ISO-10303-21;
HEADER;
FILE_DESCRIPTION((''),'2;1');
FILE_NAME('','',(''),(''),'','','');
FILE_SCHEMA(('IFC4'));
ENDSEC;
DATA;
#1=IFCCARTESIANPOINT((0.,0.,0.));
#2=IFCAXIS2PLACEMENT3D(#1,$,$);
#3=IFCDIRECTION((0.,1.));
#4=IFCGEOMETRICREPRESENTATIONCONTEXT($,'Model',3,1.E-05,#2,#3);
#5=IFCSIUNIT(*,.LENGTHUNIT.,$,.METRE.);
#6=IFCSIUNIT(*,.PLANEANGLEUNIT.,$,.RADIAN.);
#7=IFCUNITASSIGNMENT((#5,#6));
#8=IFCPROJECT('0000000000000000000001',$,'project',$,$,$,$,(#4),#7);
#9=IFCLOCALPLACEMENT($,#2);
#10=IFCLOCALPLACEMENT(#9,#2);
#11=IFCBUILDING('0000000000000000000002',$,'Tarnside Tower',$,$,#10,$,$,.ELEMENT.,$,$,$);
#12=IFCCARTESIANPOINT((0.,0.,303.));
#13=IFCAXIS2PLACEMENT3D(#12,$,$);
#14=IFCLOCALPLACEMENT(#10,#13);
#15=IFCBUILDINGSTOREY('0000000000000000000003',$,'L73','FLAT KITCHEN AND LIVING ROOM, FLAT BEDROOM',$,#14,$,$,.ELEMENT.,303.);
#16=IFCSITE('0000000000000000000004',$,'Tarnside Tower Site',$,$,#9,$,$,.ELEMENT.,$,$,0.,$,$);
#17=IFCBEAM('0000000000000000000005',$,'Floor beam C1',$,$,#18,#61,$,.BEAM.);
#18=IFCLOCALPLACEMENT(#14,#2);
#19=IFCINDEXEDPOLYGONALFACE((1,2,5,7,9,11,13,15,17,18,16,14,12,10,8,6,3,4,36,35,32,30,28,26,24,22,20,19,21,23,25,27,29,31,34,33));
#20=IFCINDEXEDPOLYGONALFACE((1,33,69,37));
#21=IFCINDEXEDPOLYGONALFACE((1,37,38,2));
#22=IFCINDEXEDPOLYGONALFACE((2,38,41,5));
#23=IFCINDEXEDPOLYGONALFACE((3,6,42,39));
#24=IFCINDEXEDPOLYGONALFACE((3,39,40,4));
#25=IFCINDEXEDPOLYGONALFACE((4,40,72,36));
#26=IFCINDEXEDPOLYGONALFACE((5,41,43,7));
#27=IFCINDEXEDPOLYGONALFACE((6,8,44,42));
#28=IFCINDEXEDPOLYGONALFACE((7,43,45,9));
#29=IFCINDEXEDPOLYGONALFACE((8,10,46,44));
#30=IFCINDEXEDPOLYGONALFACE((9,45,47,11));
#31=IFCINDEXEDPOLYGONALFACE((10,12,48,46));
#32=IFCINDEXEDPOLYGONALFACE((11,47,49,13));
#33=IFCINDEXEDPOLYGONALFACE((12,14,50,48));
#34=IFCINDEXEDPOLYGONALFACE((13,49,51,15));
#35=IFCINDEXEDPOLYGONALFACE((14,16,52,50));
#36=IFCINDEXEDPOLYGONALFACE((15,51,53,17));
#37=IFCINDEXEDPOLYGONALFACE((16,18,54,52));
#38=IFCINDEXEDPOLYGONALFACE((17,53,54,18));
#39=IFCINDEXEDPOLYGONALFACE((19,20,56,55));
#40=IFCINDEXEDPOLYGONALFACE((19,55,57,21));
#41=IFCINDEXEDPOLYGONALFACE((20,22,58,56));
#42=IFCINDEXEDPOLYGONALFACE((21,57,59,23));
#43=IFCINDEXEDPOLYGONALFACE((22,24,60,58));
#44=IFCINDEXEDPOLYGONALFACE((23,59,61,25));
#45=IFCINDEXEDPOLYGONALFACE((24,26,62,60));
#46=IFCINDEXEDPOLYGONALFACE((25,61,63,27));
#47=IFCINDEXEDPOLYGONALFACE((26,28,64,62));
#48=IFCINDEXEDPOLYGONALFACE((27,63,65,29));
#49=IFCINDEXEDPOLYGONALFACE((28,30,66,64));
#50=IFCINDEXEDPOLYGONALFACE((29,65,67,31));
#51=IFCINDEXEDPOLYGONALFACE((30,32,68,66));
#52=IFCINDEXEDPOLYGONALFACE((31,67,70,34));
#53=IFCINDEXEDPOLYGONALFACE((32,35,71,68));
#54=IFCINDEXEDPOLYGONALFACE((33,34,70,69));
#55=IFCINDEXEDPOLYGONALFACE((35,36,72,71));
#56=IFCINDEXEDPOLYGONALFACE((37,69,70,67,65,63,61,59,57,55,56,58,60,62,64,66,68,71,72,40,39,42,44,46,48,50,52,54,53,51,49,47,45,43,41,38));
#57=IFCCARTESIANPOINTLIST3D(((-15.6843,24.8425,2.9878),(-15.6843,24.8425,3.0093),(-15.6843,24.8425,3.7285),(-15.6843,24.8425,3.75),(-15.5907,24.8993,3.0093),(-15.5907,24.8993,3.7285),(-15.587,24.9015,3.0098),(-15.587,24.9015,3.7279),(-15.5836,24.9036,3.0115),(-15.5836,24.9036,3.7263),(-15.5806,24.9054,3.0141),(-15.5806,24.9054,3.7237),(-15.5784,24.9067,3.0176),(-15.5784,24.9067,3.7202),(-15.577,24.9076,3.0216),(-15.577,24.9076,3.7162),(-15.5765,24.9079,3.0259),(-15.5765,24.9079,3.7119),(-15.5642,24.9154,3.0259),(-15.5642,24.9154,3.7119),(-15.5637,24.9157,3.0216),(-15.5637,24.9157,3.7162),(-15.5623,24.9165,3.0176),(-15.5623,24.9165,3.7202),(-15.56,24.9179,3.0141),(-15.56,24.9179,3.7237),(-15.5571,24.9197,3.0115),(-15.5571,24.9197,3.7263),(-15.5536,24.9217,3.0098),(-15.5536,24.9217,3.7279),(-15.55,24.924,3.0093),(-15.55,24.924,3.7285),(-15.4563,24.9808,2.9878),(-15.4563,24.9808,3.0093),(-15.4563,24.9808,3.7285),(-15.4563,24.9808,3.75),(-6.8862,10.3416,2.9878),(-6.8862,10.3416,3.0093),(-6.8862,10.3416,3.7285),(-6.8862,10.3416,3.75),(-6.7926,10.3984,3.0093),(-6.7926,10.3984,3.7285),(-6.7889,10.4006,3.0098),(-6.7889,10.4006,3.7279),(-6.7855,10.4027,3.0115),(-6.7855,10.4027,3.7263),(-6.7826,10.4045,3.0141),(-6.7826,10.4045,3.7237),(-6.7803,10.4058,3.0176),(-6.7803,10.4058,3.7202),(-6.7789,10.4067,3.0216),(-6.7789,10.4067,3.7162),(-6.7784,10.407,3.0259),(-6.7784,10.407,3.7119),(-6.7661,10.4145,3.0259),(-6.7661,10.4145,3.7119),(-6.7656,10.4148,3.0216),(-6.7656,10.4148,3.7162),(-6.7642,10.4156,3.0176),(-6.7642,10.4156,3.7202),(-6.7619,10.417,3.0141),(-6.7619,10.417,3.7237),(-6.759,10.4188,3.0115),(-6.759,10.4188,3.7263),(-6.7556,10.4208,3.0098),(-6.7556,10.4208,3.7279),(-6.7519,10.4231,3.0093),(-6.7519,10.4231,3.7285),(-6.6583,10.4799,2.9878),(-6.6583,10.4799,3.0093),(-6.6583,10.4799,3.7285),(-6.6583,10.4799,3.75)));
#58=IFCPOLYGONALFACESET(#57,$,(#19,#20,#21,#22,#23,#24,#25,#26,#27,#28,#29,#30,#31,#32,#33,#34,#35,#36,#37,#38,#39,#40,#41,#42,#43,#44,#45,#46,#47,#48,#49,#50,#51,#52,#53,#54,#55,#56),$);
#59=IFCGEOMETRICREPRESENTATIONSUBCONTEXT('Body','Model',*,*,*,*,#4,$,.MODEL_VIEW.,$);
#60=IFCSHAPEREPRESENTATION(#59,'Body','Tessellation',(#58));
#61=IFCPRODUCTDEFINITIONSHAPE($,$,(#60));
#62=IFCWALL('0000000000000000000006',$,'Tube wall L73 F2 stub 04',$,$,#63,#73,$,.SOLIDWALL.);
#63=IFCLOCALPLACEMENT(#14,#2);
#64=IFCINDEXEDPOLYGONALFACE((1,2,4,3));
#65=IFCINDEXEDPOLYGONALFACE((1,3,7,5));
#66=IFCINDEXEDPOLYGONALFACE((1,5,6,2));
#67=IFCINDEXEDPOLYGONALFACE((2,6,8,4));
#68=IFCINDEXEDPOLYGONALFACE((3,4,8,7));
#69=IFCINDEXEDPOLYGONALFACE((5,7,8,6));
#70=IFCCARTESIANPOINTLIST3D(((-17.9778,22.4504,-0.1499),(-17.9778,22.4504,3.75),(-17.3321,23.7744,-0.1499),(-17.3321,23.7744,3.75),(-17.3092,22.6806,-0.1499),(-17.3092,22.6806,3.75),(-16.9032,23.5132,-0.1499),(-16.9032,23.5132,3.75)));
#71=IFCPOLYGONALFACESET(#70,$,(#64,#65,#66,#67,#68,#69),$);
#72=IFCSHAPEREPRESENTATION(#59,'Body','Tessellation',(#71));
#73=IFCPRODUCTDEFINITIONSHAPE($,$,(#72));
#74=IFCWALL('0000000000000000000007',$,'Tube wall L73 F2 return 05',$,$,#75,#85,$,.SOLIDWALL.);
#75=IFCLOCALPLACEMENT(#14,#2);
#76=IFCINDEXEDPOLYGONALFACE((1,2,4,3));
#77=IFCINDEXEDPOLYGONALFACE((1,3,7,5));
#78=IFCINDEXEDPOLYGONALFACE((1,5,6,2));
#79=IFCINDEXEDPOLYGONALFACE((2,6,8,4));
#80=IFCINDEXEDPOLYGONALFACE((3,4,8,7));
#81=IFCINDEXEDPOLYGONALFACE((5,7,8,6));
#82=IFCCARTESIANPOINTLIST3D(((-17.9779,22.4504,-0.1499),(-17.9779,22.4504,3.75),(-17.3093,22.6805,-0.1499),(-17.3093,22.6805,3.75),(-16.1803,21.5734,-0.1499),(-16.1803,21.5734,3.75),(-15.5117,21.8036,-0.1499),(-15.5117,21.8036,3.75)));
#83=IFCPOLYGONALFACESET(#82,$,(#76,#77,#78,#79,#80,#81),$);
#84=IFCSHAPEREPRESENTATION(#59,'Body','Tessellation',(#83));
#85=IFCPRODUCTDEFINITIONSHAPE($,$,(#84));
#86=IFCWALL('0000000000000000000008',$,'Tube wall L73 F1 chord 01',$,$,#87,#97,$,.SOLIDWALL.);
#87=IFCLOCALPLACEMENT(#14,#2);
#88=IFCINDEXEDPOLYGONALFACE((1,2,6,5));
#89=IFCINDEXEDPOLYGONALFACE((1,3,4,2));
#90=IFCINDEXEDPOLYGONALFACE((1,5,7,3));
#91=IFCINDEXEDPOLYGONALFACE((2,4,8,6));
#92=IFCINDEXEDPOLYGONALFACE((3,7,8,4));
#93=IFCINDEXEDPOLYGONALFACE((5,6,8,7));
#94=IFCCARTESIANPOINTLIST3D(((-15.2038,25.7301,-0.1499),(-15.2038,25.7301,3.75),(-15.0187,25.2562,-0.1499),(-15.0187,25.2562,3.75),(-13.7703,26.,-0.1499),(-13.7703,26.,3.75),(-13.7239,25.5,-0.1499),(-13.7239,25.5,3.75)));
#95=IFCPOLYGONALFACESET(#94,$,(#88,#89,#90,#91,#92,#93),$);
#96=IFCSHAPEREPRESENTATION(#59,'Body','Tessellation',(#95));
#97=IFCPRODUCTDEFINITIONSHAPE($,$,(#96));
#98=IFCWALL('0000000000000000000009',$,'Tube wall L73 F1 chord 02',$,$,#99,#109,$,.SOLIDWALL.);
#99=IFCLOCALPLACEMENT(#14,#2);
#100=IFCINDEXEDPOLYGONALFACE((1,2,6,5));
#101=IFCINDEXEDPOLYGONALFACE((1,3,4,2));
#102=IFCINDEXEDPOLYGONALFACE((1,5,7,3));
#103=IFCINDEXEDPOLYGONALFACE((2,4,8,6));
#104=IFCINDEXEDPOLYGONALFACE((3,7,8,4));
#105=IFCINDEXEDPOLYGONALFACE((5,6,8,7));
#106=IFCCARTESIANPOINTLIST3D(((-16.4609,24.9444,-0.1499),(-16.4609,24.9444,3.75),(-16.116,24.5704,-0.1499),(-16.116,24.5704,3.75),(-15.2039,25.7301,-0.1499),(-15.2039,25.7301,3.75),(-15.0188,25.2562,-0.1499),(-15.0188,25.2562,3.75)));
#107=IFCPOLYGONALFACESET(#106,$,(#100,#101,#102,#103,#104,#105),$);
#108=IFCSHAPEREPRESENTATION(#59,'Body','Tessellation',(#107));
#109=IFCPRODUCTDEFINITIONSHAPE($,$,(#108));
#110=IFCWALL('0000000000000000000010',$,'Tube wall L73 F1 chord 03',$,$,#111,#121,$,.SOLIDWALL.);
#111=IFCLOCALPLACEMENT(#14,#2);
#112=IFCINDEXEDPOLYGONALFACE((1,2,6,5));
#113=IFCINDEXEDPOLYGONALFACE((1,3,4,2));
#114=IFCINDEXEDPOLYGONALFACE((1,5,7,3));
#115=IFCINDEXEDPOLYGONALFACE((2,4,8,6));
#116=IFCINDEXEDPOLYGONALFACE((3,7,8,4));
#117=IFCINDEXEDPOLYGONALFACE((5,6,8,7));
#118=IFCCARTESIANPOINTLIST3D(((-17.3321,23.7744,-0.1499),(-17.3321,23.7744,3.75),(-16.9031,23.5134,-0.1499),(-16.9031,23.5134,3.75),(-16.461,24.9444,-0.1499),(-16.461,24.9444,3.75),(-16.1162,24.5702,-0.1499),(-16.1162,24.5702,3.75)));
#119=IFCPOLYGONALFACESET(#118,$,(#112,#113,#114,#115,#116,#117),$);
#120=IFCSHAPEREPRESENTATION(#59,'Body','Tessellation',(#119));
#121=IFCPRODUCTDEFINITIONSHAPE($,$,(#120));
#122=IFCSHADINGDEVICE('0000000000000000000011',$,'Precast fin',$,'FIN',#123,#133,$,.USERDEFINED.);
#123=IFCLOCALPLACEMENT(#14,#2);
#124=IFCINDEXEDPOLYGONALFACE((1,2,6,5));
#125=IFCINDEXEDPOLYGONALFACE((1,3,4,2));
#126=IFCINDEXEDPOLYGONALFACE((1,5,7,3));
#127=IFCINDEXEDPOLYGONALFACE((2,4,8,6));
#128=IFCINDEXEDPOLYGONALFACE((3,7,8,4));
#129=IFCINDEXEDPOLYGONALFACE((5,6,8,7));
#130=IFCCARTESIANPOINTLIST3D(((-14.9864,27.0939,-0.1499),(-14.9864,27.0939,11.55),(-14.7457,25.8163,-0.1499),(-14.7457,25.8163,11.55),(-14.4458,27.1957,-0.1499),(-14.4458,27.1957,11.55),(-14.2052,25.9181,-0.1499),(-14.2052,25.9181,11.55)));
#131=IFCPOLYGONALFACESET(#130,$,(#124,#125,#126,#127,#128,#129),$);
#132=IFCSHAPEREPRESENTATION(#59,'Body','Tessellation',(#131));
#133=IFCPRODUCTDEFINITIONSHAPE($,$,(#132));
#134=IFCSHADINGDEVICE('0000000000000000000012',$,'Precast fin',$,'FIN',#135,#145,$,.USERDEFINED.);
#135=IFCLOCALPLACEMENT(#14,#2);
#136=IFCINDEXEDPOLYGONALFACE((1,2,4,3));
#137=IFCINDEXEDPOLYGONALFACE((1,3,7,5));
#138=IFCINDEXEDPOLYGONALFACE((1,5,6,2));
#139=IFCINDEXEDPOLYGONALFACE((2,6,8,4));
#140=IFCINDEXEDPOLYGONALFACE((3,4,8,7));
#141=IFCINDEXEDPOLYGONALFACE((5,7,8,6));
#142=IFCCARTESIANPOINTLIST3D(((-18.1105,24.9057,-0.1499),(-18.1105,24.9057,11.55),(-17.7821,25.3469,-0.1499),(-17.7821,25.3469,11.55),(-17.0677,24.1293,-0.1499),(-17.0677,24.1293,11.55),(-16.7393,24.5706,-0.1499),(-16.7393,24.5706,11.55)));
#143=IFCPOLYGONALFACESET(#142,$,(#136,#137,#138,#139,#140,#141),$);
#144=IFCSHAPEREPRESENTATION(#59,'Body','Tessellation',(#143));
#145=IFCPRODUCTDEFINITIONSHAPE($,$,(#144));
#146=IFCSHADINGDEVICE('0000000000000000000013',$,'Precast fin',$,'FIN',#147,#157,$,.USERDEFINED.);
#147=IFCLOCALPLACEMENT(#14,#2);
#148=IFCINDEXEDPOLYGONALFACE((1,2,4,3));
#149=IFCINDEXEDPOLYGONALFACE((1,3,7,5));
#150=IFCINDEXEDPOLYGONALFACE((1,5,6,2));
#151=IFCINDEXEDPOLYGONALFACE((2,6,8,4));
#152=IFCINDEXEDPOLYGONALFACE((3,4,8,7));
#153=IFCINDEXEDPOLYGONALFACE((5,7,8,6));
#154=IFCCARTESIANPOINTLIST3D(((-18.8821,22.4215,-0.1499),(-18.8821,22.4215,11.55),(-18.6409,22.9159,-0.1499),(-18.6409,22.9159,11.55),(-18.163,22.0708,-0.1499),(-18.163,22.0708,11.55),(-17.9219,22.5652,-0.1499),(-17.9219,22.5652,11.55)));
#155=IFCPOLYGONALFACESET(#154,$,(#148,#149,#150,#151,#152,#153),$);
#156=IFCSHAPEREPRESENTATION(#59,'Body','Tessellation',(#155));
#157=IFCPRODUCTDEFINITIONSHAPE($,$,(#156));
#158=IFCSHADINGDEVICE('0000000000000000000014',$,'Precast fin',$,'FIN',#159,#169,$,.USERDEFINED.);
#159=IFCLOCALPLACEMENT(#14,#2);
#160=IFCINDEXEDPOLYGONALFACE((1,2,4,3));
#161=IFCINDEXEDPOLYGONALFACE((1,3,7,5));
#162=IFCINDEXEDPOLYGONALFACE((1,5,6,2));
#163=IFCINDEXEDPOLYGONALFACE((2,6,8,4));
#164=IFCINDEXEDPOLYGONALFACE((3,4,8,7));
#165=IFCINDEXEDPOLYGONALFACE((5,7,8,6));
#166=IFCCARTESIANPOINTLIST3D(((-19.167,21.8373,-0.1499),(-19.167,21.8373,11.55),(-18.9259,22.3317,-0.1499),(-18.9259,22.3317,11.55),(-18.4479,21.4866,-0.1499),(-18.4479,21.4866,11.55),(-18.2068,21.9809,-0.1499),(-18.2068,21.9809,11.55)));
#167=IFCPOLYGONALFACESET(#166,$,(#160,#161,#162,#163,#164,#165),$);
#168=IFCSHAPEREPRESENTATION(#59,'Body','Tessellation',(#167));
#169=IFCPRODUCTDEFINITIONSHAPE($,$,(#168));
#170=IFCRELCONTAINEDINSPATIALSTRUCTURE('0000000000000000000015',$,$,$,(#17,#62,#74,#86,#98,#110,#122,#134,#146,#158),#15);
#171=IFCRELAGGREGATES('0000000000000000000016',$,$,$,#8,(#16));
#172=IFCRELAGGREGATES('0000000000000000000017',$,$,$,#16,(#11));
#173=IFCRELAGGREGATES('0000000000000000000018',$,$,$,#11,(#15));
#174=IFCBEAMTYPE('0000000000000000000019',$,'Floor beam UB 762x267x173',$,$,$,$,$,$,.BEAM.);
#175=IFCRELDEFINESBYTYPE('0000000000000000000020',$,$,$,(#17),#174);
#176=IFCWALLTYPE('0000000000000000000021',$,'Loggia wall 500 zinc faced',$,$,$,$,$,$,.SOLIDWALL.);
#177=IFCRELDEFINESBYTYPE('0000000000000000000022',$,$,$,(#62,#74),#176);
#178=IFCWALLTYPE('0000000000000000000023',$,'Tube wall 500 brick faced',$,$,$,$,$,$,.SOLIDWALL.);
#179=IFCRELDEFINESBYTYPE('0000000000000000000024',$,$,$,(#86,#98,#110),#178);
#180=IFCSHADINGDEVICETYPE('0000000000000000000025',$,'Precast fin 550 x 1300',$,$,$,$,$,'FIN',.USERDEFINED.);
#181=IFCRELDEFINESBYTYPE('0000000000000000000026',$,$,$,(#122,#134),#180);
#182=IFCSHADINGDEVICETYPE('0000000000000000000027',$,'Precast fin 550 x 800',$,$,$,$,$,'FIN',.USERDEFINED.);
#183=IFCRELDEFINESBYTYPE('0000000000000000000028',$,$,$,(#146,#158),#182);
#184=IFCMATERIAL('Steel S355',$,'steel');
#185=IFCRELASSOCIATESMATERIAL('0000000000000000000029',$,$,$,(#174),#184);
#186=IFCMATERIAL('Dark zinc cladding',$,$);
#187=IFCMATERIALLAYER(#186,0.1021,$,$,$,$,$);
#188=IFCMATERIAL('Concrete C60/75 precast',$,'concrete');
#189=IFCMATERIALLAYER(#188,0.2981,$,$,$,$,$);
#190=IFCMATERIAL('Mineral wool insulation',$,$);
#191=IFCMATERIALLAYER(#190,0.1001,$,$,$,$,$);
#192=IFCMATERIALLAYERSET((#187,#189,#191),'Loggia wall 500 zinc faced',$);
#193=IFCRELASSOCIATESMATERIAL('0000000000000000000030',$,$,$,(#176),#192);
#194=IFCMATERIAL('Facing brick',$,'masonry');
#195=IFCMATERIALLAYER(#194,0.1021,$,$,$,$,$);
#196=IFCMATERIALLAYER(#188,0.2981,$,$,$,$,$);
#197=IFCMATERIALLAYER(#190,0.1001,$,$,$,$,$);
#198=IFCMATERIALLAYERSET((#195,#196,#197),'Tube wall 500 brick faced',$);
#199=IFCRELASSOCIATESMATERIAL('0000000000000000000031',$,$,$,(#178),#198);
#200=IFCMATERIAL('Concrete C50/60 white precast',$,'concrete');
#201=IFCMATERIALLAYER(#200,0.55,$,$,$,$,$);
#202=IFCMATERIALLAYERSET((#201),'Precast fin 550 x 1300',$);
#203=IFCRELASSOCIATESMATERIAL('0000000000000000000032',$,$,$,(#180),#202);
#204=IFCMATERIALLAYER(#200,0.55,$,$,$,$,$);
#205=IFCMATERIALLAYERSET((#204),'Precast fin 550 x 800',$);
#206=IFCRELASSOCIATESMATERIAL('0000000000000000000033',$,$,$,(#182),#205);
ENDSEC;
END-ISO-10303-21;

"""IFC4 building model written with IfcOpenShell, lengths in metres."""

from ifc_helpers import new_model, si_unit, direction, frame, origin, origin_2d, place, context, subcontext, project, spatial, polyline, i_section, outline, extrude, material, layer, layer_set, material_profile, profile_set, type_object, element, save


model = new_model("IFC4")

# Units and contexts
model_context = context("Model", 3, precision=1e-05, world=origin(), true_north=direction((0.0, 1.0)))
body_context = subcontext(model_context, "Body", "Model", "MODEL_VIEW")
ifc_project = project(units=[si_unit("LENGTHUNIT", "METRE"), si_unit("PLANEANGLEUNIT", "RADIAN")], contexts=[model_context])

# Site, building, storey
site_placement = place(None, origin())
site = spatial("IfcSite", under=ifc_project, at=site_placement, Name="Tarnside Tower Site", CompositionType="ELEMENT", RefElevation=0.0)
building_placement = place(site_placement, origin())
building = spatial("IfcBuilding", under=site, at=building_placement, Name="Tarnside Tower", CompositionType="ELEMENT")
storey_placement = place(building_placement, frame((0.0, 0.0, 303.0)))
storey = spatial("IfcBuildingStorey", under=building, at=storey_placement, Name="L73", Description="FLAT KITCHEN AND LIVING ROOM, FLAT BEDROOM", CompositionType="ELEMENT", Elevation=303.0)

# Beam
ifc_material_1 = material(Name="Steel S355", Category="steel")
ifc_material_profile = material_profile(ifc_material_1, i_section(OverallWidth=0.2666, OverallDepth=0.7622, WebThickness=0.0144, FlangeThickness=0.0215, FilletRadius=0.0166, at=origin_2d()), Name="UB 762x267x173")
ifc_profile_set = profile_set([ifc_material_profile], Name="Steel S355")
beam_type = type_object("IfcBeamType", Name="Floor beam UB 762x267x173", PredefinedType="BEAM", material=ifc_profile_set)
beam_placement = place(storey_placement, frame((-15.5703, 24.9116, 3.3689), z_axis=(0.518717, -0.854946, 0.0), x_axis=(0.854946, 0.518717, 0.0)))
element("IfcBeam", 1, at=beam_placement, inside=storey, type_object=beam_type, Name="Floor beam C1", PredefinedType="BEAM", context=body_context, shape_type="SweptSolid", body=[
    extrude(i_section(OverallWidth=0.2666, OverallDepth=0.7622, WebThickness=0.0144, FlangeThickness=0.0215, FilletRadius=0.0166, at=origin_2d()), origin(), (0.0, 0.0, 1.0), 16.9612),
])

# Walls
ifc_material_2 = material(Name="Dark zinc cladding")
ifc_layer_1 = layer(ifc_material_2, 0.1021)
ifc_material_3 = material(Name="Concrete C60/75 precast", Category="concrete")
ifc_layer_2 = layer(ifc_material_3, 0.2981)
ifc_material_4 = material(Name="Mineral wool insulation")
ifc_layer_3 = layer(ifc_material_4, 0.1001)
ifc_layer_set_1 = layer_set([ifc_layer_1, ifc_layer_2, ifc_layer_3], Name="Loggia wall 500 zinc faced")
wall_type_1 = type_object("IfcWallType", Name="Loggia wall 500 zinc faced", PredefinedType="SOLIDWALL", material=ifc_layer_set_1)
wall_1_placement = place(storey_placement, frame((-17.1177, 23.6438, -0.1499), z_axis=(0.0, 0.0, 1.0), x_axis=(-0.438319, -0.898819, 0.0)))
element("IfcWall", 2, at=wall_1_placement, inside=storey, type_object=wall_type_1, Name="Tube wall L73 F2 stub 04", PredefinedType="SOLIDWALL", context=body_context, shape_type="SweptSolid", body=[
    extrude(outline(polyline([(-0.0234, -0.25), (1.4497, -0.25), (0.9497, 0.25), (0.0234, 0.25), (-0.0234, -0.25)])), origin(), (0.0, 0.0, 1.0), 3.8999),
])
wall_2_placement = place(storey_placement, frame((-17.6436, 22.5654, -0.1499), z_axis=(0.0, 0.0, 1.0), x_axis=(0.898754, -0.438452, 0.0)))
element("IfcWall", 3, at=wall_2_placement, inside=storey, type_object=wall_type_1, Name="Tube wall L73 F2 return 05", PredefinedType="SOLIDWALL", context=body_context, shape_type="SweptSolid", body=[
    extrude(outline(polyline([(-0.25, -0.25), (1.75, -0.25), (2.25, 0.25), (0.25, 0.25), (-0.25, -0.25)])), origin(), (0.0, 0.0, 1.0), 3.8999),
])

# Walls
ifc_material_5 = material(Name="Facing brick", Category="masonry")
ifc_layer_4 = layer(ifc_material_5, 0.1021)
ifc_layer_5 = layer(ifc_material_3, 0.2981)
ifc_layer_6 = layer(ifc_material_4, 0.1001)
ifc_layer_set_2 = layer_set([ifc_layer_4, ifc_layer_5, ifc_layer_6], Name="Tube wall 500 brick faced")
wall_type_2 = type_object("IfcWallType", Name="Tube wall 500 brick faced", PredefinedType="SOLIDWALL", material=ifc_layer_set_2)
wall_3_placement = place(storey_placement, frame((-13.7471, 25.75, -0.1499), z_axis=(0.0, 0.0, 1.0), x_axis=(-0.982737, -0.185011, 0.0)))
element("IfcWall", 4, at=wall_3_placement, inside=storey, type_object=wall_type_2, Name="Tube wall L73 F1 chord 01", PredefinedType="SOLIDWALL", context=body_context, shape_type="SweptSolid", body=[
    extrude(outline(polyline([(-0.0234, -0.25), (1.4353, -0.25), (1.3411, 0.25), (0.0234, 0.25), (-0.0234, -0.25)])), origin(), (0.0, 0.0, 1.0), 3.8999),
])
wall_4_placement = place(storey_placement, frame((-15.1113, 25.4932, -0.1499), z_axis=(0.0, 0.0, 1.0), x_axis=(-0.847979, -0.530031, 0.0)))
element("IfcWall", 5, at=wall_4_placement, inside=storey, type_object=wall_type_2, Name="Tube wall L73 F1 chord 02", PredefinedType="SOLIDWALL", context=body_context, shape_type="SweptSolid", body=[
    extrude(outline(polyline([(-0.0471, -0.25), (1.4353, -0.25), (1.3411, 0.25), (0.0471, 0.25), (-0.0471, -0.25)])), origin(), (0.0, 0.0, 1.0), 3.8999),
])
wall_5_placement = place(storey_placement, frame((-16.2886, 24.7573, -0.1499), z_axis=(0.0, 0.0, 1.0), x_axis=(-0.597211, -0.802084, 0.0)))
element("IfcWall", 6, at=wall_5_placement, inside=storey, type_object=wall_type_2, Name="Tube wall L73 F1 chord 03", PredefinedType="SOLIDWALL", context=body_context, shape_type="SweptSolid", body=[
    extrude(outline(polyline([(-0.0471, -0.25), (1.4116, -0.25), (1.3647, 0.25), (0.0471, 0.25), (-0.0471, -0.25)])), origin(), (0.0, 0.0, 1.0), 3.8999),
])

# Shading devices
ifc_material_6 = material(Name="Concrete C50/60 white precast", Category="concrete")
ifc_layer_7 = layer(ifc_material_6, 0.55)
ifc_layer_set_3 = layer_set([ifc_layer_7], Name="Precast fin 550 x 1300")
shading_device_type_1 = type_object("IfcShadingDeviceType", Name="Precast fin 550 x 1300", ElementType="FIN", PredefinedType="USERDEFINED", material=ifc_layer_set_3)
for number, where, z_axis, x_axis, name in (
    (7, (-14.4756, 25.8672, -0.1499), (0.982721, 0.185095, 0.0), (-0.185095, 0.982721, 0.0), "Precast fin"),
    (8, (-16.9036, 24.3499, -0.1499), (0.597159, 0.802123, 0.0), (-0.802123, 0.597159, 0.0), "Precast fin"),
):
    element("IfcShadingDevice", number, at=place(storey_placement, frame(where, z_axis=z_axis, x_axis=x_axis)), inside=storey, type_object=shading_device_type_1, Name=name, ObjectType="FIN", PredefinedType="USERDEFINED", context=body_context, shape_type="SweptSolid", body=[
        extrude(outline(polyline([(0.0, 0.0), (1.3, 0.0), (1.3, 11.7), (0.0, 11.7), (0.0, 0.0)])), frame((0.0, 0.0, -0.2749)), (0.0, 0.0, 1.0), 0.55),
    ])
ifc_layer_8 = layer(ifc_material_6, 0.55)
ifc_layer_set_4 = layer_set([ifc_layer_8], Name="Precast fin 550 x 800")
shading_device_type_2 = type_object("IfcShadingDeviceType", Name="Precast fin 550 x 800", ElementType="FIN", PredefinedType="USERDEFINED", material=ifc_layer_set_4)
for number, where, z_axis, x_axis, name in (
    (9, (-18.0425, 22.3179, -0.1499), (0.438371, 0.898794, 0.0), (-0.898794, 0.438371, 0.0), "Precast fin"),
    (10, (-18.3274, 21.7336, -0.1499), (0.438371, 0.898794, 0.0), (-0.898794, 0.438371, 0.0), "Precast fin"),
):
    element("IfcShadingDevice", number, at=place(storey_placement, frame(where, z_axis=z_axis, x_axis=x_axis)), inside=storey, type_object=shading_device_type_2, Name=name, ObjectType="FIN", PredefinedType="USERDEFINED", context=body_context, shape_type="SweptSolid", body=[
        extrude(outline(polyline([(0.0, 0.0), (0.8, 0.0), (0.8, 11.7), (0.0, 11.7), (0.0, 0.0)])), frame((0.0, 0.0, -0.2749)), (0.0, 0.0, 1.0), 0.55),
    ])

save(model, "model.ifc")
